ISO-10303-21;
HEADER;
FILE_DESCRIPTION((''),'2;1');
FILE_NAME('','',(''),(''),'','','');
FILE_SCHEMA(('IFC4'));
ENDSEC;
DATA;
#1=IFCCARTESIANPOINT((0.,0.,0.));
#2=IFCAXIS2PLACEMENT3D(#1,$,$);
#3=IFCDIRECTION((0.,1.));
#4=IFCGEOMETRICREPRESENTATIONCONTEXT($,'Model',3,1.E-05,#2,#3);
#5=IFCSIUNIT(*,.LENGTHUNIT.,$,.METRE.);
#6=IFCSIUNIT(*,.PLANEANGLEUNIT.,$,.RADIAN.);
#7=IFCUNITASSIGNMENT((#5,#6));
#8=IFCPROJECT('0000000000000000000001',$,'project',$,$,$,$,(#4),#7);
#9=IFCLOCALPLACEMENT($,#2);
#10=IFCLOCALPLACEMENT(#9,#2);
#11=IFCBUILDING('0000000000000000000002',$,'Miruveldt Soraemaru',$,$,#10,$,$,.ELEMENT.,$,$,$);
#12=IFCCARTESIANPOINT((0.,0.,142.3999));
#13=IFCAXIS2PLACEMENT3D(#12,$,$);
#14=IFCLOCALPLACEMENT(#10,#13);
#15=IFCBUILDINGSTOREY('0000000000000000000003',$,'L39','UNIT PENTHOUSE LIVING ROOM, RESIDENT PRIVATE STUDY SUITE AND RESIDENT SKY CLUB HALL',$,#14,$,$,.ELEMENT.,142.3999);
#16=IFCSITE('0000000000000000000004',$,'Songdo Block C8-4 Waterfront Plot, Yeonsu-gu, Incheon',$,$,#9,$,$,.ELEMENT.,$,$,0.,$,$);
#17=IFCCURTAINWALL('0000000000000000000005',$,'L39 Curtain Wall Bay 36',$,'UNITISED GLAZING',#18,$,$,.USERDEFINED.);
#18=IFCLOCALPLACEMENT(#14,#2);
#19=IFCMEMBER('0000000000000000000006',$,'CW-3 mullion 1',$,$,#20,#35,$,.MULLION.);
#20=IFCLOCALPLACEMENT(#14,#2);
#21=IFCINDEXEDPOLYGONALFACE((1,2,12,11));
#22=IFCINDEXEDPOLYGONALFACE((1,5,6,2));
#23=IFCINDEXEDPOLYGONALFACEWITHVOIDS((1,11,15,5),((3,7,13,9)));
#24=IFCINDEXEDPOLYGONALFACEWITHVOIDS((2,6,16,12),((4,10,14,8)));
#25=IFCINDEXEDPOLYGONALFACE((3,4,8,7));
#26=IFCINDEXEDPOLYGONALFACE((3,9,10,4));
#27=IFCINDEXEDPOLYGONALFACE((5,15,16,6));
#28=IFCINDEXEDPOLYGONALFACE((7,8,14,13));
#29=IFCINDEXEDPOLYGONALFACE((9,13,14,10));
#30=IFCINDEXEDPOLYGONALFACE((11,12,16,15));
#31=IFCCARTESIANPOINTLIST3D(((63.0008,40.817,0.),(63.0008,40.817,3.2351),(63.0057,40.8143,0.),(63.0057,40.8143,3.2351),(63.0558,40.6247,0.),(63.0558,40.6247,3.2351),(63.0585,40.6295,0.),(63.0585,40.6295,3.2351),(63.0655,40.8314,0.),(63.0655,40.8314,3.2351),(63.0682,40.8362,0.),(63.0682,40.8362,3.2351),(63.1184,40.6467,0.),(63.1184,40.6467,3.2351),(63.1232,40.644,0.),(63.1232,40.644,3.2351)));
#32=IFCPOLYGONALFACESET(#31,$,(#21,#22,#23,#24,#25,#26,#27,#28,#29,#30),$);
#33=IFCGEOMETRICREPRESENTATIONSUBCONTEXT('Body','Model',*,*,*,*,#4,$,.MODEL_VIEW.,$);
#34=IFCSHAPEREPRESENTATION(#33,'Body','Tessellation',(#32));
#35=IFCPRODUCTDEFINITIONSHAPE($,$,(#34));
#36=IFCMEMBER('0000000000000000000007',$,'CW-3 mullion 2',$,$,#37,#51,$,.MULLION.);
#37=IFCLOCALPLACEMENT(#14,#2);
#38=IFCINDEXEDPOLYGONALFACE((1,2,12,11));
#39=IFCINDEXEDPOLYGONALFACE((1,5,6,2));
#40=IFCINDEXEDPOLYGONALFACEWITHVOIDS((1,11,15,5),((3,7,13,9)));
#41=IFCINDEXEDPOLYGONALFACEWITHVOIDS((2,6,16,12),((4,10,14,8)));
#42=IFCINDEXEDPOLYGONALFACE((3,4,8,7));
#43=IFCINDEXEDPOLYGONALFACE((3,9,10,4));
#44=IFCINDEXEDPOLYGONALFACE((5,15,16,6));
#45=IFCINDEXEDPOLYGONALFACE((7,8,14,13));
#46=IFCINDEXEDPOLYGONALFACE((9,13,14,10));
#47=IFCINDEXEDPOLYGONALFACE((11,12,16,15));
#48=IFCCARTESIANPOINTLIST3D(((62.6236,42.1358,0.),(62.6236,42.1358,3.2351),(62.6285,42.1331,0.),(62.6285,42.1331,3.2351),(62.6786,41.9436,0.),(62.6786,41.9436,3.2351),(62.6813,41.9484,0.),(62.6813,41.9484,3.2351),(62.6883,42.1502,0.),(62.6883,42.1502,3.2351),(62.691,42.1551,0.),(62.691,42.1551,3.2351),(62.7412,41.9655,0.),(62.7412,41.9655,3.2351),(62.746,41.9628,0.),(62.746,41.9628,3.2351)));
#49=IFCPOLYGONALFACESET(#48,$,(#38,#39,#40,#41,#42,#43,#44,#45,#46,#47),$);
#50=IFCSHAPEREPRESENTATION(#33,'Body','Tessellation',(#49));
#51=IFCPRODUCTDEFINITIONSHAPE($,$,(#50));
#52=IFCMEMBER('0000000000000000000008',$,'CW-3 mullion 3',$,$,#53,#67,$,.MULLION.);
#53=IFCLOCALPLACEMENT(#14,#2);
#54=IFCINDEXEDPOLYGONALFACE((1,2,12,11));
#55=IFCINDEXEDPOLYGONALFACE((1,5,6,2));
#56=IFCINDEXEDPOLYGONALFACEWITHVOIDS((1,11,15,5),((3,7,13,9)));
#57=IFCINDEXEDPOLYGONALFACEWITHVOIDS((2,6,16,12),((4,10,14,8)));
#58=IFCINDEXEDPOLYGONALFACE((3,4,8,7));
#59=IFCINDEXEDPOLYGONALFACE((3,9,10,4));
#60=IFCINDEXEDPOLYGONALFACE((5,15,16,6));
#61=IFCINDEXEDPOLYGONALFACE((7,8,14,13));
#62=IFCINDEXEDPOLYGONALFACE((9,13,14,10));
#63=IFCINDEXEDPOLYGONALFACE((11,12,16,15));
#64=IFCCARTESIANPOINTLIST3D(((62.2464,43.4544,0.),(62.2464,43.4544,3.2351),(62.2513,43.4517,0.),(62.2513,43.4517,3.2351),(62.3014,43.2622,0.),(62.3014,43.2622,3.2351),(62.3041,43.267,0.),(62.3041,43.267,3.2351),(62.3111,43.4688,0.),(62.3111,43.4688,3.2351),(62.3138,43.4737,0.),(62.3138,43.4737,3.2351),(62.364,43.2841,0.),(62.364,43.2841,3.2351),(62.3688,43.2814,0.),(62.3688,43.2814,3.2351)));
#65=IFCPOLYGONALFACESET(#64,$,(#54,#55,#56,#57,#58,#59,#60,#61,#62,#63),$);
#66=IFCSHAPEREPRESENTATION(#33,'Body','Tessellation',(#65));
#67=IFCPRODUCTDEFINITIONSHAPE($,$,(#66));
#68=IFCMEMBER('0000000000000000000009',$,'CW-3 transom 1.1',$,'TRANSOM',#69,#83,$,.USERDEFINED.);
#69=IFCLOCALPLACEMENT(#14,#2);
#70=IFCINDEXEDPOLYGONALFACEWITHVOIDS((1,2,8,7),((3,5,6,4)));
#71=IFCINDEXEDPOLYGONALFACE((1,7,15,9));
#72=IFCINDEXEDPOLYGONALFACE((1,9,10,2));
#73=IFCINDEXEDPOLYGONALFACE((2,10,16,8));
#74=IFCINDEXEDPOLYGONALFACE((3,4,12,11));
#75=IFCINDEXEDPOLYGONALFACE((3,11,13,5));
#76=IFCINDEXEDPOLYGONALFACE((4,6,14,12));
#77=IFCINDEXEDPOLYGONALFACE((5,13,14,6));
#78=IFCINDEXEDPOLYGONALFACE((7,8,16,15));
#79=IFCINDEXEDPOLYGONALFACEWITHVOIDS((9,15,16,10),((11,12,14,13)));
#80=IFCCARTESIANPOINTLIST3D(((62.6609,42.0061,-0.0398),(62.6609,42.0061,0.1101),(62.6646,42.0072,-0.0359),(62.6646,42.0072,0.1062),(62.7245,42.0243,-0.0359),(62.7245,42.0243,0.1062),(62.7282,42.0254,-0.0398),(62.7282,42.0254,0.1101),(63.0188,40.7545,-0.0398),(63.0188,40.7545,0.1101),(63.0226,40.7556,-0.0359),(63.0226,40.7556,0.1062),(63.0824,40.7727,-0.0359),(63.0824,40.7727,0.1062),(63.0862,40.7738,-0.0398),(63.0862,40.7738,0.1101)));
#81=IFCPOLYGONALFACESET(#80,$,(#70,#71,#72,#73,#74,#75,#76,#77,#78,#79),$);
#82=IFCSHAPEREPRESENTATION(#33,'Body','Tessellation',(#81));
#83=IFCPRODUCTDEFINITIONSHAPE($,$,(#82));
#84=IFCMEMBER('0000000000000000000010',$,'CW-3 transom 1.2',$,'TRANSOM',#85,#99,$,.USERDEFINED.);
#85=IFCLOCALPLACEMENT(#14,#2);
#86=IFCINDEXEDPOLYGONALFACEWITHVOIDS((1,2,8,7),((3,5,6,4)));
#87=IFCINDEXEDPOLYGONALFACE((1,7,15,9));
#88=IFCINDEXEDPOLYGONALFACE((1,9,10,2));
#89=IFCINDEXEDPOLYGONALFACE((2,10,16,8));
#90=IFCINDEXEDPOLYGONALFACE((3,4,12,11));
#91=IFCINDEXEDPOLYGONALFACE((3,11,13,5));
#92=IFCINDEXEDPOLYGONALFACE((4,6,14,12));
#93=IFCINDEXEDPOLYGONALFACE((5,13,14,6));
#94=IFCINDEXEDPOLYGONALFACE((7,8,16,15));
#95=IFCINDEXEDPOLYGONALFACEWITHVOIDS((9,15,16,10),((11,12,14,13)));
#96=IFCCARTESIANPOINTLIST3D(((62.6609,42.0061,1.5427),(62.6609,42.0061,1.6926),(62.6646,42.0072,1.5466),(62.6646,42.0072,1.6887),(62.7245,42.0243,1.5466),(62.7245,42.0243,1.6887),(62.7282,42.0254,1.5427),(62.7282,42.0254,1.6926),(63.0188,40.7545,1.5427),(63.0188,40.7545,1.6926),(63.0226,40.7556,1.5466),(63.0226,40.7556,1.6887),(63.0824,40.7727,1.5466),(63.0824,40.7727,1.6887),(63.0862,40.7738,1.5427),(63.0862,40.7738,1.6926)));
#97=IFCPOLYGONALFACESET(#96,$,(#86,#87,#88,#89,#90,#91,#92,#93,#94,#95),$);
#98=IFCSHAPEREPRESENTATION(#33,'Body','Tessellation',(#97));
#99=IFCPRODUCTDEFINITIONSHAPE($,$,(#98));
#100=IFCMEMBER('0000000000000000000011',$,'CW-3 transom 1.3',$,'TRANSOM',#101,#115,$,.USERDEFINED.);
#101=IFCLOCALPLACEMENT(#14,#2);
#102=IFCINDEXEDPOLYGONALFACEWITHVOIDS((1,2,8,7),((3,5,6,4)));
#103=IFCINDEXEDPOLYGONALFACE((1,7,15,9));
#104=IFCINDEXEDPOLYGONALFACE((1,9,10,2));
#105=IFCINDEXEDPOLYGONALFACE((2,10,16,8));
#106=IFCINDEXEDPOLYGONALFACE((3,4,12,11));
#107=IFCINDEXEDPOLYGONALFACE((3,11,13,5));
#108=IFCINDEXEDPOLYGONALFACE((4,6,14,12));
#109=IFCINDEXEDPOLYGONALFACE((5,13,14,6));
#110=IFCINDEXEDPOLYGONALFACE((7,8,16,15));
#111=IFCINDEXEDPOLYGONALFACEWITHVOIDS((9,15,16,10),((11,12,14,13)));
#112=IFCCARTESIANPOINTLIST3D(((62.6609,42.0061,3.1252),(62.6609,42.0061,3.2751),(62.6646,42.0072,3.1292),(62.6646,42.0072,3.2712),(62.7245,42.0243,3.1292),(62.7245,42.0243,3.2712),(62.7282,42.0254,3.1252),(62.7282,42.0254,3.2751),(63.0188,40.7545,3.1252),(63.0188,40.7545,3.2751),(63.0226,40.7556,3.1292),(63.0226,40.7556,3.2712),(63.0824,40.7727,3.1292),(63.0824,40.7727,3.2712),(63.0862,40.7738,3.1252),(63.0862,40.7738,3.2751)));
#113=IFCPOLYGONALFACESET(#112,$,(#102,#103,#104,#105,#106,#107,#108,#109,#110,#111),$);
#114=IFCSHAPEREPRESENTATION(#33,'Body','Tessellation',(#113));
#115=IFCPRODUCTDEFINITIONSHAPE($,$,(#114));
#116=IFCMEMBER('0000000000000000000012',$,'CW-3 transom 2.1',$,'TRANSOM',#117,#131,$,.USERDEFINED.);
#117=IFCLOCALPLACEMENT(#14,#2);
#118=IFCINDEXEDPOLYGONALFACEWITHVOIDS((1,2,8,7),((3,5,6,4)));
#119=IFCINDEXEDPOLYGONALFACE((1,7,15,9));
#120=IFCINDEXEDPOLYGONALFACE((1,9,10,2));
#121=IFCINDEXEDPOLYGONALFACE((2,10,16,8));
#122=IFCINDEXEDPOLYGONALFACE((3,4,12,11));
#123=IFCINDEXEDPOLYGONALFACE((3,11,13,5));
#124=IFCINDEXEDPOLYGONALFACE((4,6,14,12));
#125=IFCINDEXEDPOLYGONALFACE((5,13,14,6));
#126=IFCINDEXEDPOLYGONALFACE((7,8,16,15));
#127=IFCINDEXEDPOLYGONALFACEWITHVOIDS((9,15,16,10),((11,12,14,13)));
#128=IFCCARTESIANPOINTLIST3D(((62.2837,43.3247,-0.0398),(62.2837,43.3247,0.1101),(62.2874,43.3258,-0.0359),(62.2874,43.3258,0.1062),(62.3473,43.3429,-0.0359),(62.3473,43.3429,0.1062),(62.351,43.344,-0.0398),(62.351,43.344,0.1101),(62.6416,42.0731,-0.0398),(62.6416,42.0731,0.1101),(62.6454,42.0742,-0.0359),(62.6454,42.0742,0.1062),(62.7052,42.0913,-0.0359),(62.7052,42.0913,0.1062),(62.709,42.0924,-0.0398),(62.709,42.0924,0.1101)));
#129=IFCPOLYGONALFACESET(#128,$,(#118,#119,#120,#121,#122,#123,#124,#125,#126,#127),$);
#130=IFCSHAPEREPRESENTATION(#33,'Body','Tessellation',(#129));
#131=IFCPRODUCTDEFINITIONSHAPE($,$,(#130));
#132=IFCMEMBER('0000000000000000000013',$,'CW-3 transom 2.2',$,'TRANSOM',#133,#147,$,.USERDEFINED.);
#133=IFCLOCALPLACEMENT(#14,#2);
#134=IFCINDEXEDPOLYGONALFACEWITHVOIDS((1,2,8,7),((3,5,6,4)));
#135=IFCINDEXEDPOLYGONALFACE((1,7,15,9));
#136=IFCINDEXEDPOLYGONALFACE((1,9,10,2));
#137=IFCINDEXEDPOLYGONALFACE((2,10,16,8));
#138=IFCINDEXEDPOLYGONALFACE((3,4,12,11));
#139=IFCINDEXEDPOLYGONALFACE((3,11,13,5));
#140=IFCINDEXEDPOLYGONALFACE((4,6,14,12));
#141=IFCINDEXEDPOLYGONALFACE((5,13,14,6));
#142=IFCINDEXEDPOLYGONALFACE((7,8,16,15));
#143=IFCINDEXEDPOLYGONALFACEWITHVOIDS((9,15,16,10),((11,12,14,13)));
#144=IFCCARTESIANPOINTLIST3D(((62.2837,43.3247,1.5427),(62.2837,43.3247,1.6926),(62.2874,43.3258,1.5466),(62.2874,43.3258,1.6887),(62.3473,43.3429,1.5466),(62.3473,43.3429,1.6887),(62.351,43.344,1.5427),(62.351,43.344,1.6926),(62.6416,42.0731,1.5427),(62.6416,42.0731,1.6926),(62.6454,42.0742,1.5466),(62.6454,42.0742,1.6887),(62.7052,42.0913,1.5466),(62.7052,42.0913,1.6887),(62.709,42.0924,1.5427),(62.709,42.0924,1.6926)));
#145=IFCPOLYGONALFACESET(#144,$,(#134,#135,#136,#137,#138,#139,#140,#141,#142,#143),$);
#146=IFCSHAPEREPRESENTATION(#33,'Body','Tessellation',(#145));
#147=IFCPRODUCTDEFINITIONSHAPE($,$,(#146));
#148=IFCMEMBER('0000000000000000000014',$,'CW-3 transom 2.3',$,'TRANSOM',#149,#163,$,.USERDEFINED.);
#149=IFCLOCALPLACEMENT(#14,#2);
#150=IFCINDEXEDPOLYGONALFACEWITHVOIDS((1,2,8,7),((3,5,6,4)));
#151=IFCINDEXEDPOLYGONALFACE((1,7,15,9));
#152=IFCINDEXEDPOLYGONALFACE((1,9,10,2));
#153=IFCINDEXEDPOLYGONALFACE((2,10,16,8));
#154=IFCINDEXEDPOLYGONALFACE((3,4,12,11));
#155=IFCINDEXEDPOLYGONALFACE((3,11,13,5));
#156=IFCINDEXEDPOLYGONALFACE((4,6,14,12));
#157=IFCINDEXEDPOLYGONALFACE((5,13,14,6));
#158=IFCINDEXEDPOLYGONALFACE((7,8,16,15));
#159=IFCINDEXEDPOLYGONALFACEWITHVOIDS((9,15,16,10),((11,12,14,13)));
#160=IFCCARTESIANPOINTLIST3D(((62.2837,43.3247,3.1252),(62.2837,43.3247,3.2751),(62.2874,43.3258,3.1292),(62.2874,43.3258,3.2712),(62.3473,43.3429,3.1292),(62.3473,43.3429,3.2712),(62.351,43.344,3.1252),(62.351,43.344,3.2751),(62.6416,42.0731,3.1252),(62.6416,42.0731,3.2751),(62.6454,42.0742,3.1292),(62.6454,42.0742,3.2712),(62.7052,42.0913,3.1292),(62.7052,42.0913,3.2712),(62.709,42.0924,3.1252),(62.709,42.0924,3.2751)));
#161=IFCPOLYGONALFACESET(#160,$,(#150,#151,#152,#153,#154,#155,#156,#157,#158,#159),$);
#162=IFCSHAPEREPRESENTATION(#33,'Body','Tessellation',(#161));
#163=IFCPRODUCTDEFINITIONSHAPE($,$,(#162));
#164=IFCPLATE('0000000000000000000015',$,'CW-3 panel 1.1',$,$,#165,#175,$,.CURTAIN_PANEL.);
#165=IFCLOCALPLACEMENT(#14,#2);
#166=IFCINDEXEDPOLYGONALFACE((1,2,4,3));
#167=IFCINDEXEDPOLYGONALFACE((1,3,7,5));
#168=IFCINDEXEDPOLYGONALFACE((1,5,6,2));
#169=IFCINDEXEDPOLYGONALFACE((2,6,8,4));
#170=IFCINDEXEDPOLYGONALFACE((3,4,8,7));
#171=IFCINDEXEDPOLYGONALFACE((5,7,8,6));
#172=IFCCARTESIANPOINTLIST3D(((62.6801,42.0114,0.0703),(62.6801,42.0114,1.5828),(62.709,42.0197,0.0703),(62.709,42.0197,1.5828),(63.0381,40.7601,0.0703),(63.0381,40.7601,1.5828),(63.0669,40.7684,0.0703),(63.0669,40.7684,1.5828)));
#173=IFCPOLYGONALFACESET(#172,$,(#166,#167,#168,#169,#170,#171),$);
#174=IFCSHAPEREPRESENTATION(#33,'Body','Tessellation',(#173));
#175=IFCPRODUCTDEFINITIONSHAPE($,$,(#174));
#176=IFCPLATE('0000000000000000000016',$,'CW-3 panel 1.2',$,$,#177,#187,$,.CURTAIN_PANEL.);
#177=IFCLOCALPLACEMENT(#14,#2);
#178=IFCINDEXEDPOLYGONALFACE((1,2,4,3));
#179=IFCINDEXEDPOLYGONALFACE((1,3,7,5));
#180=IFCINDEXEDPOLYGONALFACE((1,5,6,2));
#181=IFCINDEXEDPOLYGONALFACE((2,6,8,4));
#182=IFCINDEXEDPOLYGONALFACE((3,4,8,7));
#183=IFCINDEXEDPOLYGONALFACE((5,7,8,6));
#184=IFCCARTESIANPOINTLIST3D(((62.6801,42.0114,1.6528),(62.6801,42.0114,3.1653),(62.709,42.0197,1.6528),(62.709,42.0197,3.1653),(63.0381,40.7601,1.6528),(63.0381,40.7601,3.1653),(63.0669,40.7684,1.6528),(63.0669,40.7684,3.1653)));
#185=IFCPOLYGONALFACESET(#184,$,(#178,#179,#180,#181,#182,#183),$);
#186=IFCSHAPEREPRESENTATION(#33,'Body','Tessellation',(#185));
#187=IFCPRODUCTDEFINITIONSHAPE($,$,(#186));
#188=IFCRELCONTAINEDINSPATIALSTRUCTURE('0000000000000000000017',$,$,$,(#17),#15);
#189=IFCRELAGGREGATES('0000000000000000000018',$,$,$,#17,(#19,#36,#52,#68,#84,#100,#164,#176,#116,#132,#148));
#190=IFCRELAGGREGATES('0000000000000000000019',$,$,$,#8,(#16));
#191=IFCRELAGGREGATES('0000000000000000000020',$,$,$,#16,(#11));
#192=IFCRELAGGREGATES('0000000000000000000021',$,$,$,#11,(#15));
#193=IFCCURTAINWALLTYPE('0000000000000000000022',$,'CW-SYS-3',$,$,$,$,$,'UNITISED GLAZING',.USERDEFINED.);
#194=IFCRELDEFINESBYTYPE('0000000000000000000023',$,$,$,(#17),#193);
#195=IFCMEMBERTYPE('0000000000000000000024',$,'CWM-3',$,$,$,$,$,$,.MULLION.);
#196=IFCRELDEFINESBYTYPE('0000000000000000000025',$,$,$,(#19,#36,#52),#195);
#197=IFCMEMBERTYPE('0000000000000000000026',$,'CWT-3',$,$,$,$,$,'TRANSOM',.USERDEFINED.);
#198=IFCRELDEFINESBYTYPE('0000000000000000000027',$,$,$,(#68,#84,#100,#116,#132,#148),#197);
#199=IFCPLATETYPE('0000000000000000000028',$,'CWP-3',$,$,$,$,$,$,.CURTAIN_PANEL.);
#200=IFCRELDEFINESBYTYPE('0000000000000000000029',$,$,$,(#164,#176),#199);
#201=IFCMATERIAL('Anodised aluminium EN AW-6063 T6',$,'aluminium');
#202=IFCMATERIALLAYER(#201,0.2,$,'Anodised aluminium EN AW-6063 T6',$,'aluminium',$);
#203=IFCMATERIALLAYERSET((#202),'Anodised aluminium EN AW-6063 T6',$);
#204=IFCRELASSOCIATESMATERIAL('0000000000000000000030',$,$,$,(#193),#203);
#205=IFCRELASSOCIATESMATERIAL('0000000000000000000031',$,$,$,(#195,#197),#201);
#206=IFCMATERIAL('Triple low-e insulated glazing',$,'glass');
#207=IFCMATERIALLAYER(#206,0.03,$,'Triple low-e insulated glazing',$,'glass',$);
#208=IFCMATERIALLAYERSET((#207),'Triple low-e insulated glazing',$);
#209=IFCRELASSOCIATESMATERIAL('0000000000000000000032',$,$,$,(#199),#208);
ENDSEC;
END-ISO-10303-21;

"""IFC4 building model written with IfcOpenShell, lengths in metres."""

from ifc_helpers import new_model, si_unit, direction, frame, origin, origin_2d, place, context, subcontext, project, spatial, rectangle, hollow_rectangle, extrude, material, layer, layer_set, material_profile, profile_set, type_object, element, aggregate, save


model = new_model("IFC4")

# Units and contexts
model_context = context("Model", 3, precision=1e-05, world=origin(), true_north=direction((0.0, 1.0)))
body_context = subcontext(model_context, "Body", "Model", "MODEL_VIEW")
ifc_project = project(units=[si_unit("LENGTHUNIT", "METRE"), si_unit("PLANEANGLEUNIT", "RADIAN")], contexts=[model_context])

# Site, building, storey
site_placement = place(None, origin())
site = spatial("IfcSite", under=ifc_project, at=site_placement, Name="Songdo Block C8-4 Waterfront Plot, Yeonsu-gu, Incheon", CompositionType="ELEMENT", RefElevation=0.0)
building_placement = place(site_placement, origin())
building = spatial("IfcBuilding", under=site, at=building_placement, Name="Miruveldt Soraemaru", CompositionType="ELEMENT")
storey_placement = place(building_placement, frame((0.0, 0.0, 142.3999)))
storey = spatial("IfcBuildingStorey", under=building, at=storey_placement, Name="L39", Description="UNIT PENTHOUSE LIVING ROOM, RESIDENT PRIVATE STUDY SUITE AND RESIDENT SKY CLUB HALL", CompositionType="ELEMENT", Elevation=142.3999)

# Curtain wall, members, plates
ifc_material_1 = material(Name="Anodised aluminium EN AW-6063 T6", Category="aluminium")
ifc_layer_1 = layer(ifc_material_1, 0.2, Name="Anodised aluminium EN AW-6063 T6", Category="aluminium")
ifc_layer_set_1 = layer_set([ifc_layer_1], Name="Anodised aluminium EN AW-6063 T6")
curtain_wall_type = type_object("IfcCurtainWallType", Name="CW-SYS-3", ElementType="UNITISED GLAZING", PredefinedType="USERDEFINED", material=ifc_layer_set_1)
curtain_wall_placement = place(storey_placement, origin())
curtain_wall = element("IfcCurtainWall", 1, at=curtain_wall_placement, inside=storey, type_object=curtain_wall_type, Name="L39 Curtain Wall Bay 36", ObjectType="UNITISED GLAZING", PredefinedType="USERDEFINED")
ifc_material_profile_1 = material_profile(ifc_material_1, hollow_rectangle(XDim=0.0701, YDim=0.2, WallThickness=0.0039, at=origin_2d()), Name="Anodised aluminium EN AW-6063 T6", Category="aluminium")
ifc_profile_set_1 = profile_set([ifc_material_profile_1], Name="Anodised aluminium EN AW-6063 T6")
member_type_1 = type_object("IfcMemberType", Name="CWM-3", PredefinedType="MULLION", material=ifc_profile_set_1)
member_1_placement = place(storey_placement, frame((63.062, 40.7305, 0.0), z_axis=(0.0, 0.0, 1.0), x_axis=(-0.961443, -0.275003, 0.0)))
member_1 = element("IfcMember", 2, at=member_1_placement, type_object=member_type_1, Name="CW-3 mullion 1", PredefinedType="MULLION", context=body_context, shape_type="SweptSolid", body=[
    extrude(hollow_rectangle(XDim=0.0701, YDim=0.2, WallThickness=0.0039, at=origin_2d()), origin(), (0.0, 0.0, 1.0), 3.2351),
])
member_2_placement = place(storey_placement, frame((62.6848, 42.0493, 0.0), z_axis=(0.0, 0.0, 1.0), x_axis=(-0.961443, -0.275003, 0.0)))
member_2 = element("IfcMember", 3, at=member_2_placement, type_object=member_type_1, Name="CW-3 mullion 2", PredefinedType="MULLION", context=body_context, shape_type="SweptSolid", body=[
    extrude(hollow_rectangle(XDim=0.0701, YDim=0.2, WallThickness=0.0039, at=origin_2d()), origin(), (0.0, 0.0, 1.0), 3.2351),
])
member_3_placement = place(storey_placement, frame((62.3076, 43.3679, 0.0), z_axis=(0.0, 0.0, 1.0), x_axis=(-0.961443, -0.275003, 0.0)))
member_3 = element("IfcMember", 4, at=member_3_placement, type_object=member_type_1, Name="CW-3 mullion 3", PredefinedType="MULLION", context=body_context, shape_type="SweptSolid", body=[
    extrude(hollow_rectangle(XDim=0.0701, YDim=0.2, WallThickness=0.0039, at=origin_2d()), origin(), (0.0, 0.0, 1.0), 3.2351),
])
ifc_material_profile_2 = material_profile(ifc_material_1, hollow_rectangle(XDim=0.0701, YDim=0.1499, WallThickness=0.0039, at=origin_2d()), Name="Anodised aluminium EN AW-6063 T6", Category="aluminium")
ifc_profile_set_2 = profile_set([ifc_material_profile_2], Name="Anodised aluminium EN AW-6063 T6")
member_type_2 = type_object("IfcMemberType", Name="CWT-3", ElementType="TRANSOM", PredefinedType="USERDEFINED", material=ifc_profile_set_2)
member_4_placement = place(storey_placement, frame((63.0525, 40.7642, 0.0352), z_axis=(-0.274969, 0.961453, 0.0), x_axis=(-0.961453, -0.274969, 0.0)))
member_4 = element("IfcMember", 5, at=member_4_placement, type_object=member_type_2, Name="CW-3 transom 1.1", ObjectType="TRANSOM", PredefinedType="USERDEFINED", context=body_context, shape_type="SweptSolid", body=[
    extrude(hollow_rectangle(XDim=0.0701, YDim=0.1499, WallThickness=0.0039, at=origin_2d()), origin(), (0.0, 0.0, 1.0), 1.3018),
])
member_5_placement = place(storey_placement, frame((63.0525, 40.7642, 1.6177), z_axis=(-0.274969, 0.961453, 0.0), x_axis=(-0.961453, -0.274969, 0.0)))
member_5 = element("IfcMember", 6, at=member_5_placement, type_object=member_type_2, Name="CW-3 transom 1.2", ObjectType="TRANSOM", PredefinedType="USERDEFINED", context=body_context, shape_type="SweptSolid", body=[
    extrude(hollow_rectangle(XDim=0.0701, YDim=0.1499, WallThickness=0.0039, at=origin_2d()), origin(), (0.0, 0.0, 1.0), 1.3018),
])
member_6_placement = place(storey_placement, frame((63.0525, 40.7642, 3.2002), z_axis=(-0.274969, 0.961453, 0.0), x_axis=(-0.961453, -0.274969, 0.0)))
member_6 = element("IfcMember", 7, at=member_6_placement, type_object=member_type_2, Name="CW-3 transom 1.3", ObjectType="TRANSOM", PredefinedType="USERDEFINED", context=body_context, shape_type="SweptSolid", body=[
    extrude(hollow_rectangle(XDim=0.0701, YDim=0.1499, WallThickness=0.0039, at=origin_2d()), origin(), (0.0, 0.0, 1.0), 1.3018),
])
member_7_placement = place(storey_placement, frame((62.6753, 42.0828, 0.0352), z_axis=(-0.274969, 0.961453, 0.0), x_axis=(-0.961453, -0.274969, 0.0)))
member_7 = element("IfcMember", 8, at=member_7_placement, type_object=member_type_2, Name="CW-3 transom 2.1", ObjectType="TRANSOM", PredefinedType="USERDEFINED", context=body_context, shape_type="SweptSolid", body=[
    extrude(hollow_rectangle(XDim=0.0701, YDim=0.1499, WallThickness=0.0039, at=origin_2d()), origin(), (0.0, 0.0, 1.0), 1.3018),
])
member_8_placement = place(storey_placement, frame((62.6753, 42.0828, 1.6177), z_axis=(-0.274969, 0.961453, 0.0), x_axis=(-0.961453, -0.274969, 0.0)))
member_8 = element("IfcMember", 9, at=member_8_placement, type_object=member_type_2, Name="CW-3 transom 2.2", ObjectType="TRANSOM", PredefinedType="USERDEFINED", context=body_context, shape_type="SweptSolid", body=[
    extrude(hollow_rectangle(XDim=0.0701, YDim=0.1499, WallThickness=0.0039, at=origin_2d()), origin(), (0.0, 0.0, 1.0), 1.3018),
])
member_9_placement = place(storey_placement, frame((62.6753, 42.0828, 3.2002), z_axis=(-0.274969, 0.961453, 0.0), x_axis=(-0.961453, -0.274969, 0.0)))
member_9 = element("IfcMember", 10, at=member_9_placement, type_object=member_type_2, Name="CW-3 transom 2.3", ObjectType="TRANSOM", PredefinedType="USERDEFINED", context=body_context, shape_type="SweptSolid", body=[
    extrude(hollow_rectangle(XDim=0.0701, YDim=0.1499, WallThickness=0.0039, at=origin_2d()), origin(), (0.0, 0.0, 1.0), 1.3018),
])
ifc_material_2 = material(Name="Triple low-e insulated glazing", Category="glass")
ifc_layer_2 = layer(ifc_material_2, 0.03, Name="Triple low-e insulated glazing", Category="glass")
ifc_layer_set_2 = layer_set([ifc_layer_2], Name="Triple low-e insulated glazing")
plate_type_1 = type_object("IfcPlateType", Name="CWP-3", PredefinedType="CURTAIN_PANEL", material=ifc_layer_set_2)
plate_1_placement = place(storey_placement, frame((62.8735, 41.3899, 0.0703), z_axis=(0.0, 0.0, 1.0), x_axis=(-0.275003, 0.961443, 0.0)))
plate_1 = element("IfcPlate", 11, at=plate_1_placement, type_object=plate_type_1, Name="CW-3 panel 1.1", PredefinedType="CURTAIN_PANEL", context=body_context, shape_type="SweptSolid", body=[
    extrude(rectangle(XDim=1.3015, YDim=0.03, at=origin_2d()), origin(), (0.0, 0.0, 1.0), 1.5125),
])
plate_2_placement = place(storey_placement, frame((62.8735, 41.3899, 1.6528), z_axis=(0.0, 0.0, 1.0), x_axis=(-0.275003, 0.961443, 0.0)))
plate_2 = element("IfcPlate", 12, at=plate_2_placement, type_object=plate_type_1, Name="CW-3 panel 1.2", PredefinedType="CURTAIN_PANEL", context=body_context, shape_type="SweptSolid", body=[
    extrude(rectangle(XDim=1.3015, YDim=0.03, at=origin_2d()), origin(), (0.0, 0.0, 1.0), 1.5125),
])
aggregate(curtain_wall, [member_1, member_2, member_3, member_4, member_5, member_6, plate_1, plate_2, member_7, member_8, member_9])

save(model, "model.ifc")
